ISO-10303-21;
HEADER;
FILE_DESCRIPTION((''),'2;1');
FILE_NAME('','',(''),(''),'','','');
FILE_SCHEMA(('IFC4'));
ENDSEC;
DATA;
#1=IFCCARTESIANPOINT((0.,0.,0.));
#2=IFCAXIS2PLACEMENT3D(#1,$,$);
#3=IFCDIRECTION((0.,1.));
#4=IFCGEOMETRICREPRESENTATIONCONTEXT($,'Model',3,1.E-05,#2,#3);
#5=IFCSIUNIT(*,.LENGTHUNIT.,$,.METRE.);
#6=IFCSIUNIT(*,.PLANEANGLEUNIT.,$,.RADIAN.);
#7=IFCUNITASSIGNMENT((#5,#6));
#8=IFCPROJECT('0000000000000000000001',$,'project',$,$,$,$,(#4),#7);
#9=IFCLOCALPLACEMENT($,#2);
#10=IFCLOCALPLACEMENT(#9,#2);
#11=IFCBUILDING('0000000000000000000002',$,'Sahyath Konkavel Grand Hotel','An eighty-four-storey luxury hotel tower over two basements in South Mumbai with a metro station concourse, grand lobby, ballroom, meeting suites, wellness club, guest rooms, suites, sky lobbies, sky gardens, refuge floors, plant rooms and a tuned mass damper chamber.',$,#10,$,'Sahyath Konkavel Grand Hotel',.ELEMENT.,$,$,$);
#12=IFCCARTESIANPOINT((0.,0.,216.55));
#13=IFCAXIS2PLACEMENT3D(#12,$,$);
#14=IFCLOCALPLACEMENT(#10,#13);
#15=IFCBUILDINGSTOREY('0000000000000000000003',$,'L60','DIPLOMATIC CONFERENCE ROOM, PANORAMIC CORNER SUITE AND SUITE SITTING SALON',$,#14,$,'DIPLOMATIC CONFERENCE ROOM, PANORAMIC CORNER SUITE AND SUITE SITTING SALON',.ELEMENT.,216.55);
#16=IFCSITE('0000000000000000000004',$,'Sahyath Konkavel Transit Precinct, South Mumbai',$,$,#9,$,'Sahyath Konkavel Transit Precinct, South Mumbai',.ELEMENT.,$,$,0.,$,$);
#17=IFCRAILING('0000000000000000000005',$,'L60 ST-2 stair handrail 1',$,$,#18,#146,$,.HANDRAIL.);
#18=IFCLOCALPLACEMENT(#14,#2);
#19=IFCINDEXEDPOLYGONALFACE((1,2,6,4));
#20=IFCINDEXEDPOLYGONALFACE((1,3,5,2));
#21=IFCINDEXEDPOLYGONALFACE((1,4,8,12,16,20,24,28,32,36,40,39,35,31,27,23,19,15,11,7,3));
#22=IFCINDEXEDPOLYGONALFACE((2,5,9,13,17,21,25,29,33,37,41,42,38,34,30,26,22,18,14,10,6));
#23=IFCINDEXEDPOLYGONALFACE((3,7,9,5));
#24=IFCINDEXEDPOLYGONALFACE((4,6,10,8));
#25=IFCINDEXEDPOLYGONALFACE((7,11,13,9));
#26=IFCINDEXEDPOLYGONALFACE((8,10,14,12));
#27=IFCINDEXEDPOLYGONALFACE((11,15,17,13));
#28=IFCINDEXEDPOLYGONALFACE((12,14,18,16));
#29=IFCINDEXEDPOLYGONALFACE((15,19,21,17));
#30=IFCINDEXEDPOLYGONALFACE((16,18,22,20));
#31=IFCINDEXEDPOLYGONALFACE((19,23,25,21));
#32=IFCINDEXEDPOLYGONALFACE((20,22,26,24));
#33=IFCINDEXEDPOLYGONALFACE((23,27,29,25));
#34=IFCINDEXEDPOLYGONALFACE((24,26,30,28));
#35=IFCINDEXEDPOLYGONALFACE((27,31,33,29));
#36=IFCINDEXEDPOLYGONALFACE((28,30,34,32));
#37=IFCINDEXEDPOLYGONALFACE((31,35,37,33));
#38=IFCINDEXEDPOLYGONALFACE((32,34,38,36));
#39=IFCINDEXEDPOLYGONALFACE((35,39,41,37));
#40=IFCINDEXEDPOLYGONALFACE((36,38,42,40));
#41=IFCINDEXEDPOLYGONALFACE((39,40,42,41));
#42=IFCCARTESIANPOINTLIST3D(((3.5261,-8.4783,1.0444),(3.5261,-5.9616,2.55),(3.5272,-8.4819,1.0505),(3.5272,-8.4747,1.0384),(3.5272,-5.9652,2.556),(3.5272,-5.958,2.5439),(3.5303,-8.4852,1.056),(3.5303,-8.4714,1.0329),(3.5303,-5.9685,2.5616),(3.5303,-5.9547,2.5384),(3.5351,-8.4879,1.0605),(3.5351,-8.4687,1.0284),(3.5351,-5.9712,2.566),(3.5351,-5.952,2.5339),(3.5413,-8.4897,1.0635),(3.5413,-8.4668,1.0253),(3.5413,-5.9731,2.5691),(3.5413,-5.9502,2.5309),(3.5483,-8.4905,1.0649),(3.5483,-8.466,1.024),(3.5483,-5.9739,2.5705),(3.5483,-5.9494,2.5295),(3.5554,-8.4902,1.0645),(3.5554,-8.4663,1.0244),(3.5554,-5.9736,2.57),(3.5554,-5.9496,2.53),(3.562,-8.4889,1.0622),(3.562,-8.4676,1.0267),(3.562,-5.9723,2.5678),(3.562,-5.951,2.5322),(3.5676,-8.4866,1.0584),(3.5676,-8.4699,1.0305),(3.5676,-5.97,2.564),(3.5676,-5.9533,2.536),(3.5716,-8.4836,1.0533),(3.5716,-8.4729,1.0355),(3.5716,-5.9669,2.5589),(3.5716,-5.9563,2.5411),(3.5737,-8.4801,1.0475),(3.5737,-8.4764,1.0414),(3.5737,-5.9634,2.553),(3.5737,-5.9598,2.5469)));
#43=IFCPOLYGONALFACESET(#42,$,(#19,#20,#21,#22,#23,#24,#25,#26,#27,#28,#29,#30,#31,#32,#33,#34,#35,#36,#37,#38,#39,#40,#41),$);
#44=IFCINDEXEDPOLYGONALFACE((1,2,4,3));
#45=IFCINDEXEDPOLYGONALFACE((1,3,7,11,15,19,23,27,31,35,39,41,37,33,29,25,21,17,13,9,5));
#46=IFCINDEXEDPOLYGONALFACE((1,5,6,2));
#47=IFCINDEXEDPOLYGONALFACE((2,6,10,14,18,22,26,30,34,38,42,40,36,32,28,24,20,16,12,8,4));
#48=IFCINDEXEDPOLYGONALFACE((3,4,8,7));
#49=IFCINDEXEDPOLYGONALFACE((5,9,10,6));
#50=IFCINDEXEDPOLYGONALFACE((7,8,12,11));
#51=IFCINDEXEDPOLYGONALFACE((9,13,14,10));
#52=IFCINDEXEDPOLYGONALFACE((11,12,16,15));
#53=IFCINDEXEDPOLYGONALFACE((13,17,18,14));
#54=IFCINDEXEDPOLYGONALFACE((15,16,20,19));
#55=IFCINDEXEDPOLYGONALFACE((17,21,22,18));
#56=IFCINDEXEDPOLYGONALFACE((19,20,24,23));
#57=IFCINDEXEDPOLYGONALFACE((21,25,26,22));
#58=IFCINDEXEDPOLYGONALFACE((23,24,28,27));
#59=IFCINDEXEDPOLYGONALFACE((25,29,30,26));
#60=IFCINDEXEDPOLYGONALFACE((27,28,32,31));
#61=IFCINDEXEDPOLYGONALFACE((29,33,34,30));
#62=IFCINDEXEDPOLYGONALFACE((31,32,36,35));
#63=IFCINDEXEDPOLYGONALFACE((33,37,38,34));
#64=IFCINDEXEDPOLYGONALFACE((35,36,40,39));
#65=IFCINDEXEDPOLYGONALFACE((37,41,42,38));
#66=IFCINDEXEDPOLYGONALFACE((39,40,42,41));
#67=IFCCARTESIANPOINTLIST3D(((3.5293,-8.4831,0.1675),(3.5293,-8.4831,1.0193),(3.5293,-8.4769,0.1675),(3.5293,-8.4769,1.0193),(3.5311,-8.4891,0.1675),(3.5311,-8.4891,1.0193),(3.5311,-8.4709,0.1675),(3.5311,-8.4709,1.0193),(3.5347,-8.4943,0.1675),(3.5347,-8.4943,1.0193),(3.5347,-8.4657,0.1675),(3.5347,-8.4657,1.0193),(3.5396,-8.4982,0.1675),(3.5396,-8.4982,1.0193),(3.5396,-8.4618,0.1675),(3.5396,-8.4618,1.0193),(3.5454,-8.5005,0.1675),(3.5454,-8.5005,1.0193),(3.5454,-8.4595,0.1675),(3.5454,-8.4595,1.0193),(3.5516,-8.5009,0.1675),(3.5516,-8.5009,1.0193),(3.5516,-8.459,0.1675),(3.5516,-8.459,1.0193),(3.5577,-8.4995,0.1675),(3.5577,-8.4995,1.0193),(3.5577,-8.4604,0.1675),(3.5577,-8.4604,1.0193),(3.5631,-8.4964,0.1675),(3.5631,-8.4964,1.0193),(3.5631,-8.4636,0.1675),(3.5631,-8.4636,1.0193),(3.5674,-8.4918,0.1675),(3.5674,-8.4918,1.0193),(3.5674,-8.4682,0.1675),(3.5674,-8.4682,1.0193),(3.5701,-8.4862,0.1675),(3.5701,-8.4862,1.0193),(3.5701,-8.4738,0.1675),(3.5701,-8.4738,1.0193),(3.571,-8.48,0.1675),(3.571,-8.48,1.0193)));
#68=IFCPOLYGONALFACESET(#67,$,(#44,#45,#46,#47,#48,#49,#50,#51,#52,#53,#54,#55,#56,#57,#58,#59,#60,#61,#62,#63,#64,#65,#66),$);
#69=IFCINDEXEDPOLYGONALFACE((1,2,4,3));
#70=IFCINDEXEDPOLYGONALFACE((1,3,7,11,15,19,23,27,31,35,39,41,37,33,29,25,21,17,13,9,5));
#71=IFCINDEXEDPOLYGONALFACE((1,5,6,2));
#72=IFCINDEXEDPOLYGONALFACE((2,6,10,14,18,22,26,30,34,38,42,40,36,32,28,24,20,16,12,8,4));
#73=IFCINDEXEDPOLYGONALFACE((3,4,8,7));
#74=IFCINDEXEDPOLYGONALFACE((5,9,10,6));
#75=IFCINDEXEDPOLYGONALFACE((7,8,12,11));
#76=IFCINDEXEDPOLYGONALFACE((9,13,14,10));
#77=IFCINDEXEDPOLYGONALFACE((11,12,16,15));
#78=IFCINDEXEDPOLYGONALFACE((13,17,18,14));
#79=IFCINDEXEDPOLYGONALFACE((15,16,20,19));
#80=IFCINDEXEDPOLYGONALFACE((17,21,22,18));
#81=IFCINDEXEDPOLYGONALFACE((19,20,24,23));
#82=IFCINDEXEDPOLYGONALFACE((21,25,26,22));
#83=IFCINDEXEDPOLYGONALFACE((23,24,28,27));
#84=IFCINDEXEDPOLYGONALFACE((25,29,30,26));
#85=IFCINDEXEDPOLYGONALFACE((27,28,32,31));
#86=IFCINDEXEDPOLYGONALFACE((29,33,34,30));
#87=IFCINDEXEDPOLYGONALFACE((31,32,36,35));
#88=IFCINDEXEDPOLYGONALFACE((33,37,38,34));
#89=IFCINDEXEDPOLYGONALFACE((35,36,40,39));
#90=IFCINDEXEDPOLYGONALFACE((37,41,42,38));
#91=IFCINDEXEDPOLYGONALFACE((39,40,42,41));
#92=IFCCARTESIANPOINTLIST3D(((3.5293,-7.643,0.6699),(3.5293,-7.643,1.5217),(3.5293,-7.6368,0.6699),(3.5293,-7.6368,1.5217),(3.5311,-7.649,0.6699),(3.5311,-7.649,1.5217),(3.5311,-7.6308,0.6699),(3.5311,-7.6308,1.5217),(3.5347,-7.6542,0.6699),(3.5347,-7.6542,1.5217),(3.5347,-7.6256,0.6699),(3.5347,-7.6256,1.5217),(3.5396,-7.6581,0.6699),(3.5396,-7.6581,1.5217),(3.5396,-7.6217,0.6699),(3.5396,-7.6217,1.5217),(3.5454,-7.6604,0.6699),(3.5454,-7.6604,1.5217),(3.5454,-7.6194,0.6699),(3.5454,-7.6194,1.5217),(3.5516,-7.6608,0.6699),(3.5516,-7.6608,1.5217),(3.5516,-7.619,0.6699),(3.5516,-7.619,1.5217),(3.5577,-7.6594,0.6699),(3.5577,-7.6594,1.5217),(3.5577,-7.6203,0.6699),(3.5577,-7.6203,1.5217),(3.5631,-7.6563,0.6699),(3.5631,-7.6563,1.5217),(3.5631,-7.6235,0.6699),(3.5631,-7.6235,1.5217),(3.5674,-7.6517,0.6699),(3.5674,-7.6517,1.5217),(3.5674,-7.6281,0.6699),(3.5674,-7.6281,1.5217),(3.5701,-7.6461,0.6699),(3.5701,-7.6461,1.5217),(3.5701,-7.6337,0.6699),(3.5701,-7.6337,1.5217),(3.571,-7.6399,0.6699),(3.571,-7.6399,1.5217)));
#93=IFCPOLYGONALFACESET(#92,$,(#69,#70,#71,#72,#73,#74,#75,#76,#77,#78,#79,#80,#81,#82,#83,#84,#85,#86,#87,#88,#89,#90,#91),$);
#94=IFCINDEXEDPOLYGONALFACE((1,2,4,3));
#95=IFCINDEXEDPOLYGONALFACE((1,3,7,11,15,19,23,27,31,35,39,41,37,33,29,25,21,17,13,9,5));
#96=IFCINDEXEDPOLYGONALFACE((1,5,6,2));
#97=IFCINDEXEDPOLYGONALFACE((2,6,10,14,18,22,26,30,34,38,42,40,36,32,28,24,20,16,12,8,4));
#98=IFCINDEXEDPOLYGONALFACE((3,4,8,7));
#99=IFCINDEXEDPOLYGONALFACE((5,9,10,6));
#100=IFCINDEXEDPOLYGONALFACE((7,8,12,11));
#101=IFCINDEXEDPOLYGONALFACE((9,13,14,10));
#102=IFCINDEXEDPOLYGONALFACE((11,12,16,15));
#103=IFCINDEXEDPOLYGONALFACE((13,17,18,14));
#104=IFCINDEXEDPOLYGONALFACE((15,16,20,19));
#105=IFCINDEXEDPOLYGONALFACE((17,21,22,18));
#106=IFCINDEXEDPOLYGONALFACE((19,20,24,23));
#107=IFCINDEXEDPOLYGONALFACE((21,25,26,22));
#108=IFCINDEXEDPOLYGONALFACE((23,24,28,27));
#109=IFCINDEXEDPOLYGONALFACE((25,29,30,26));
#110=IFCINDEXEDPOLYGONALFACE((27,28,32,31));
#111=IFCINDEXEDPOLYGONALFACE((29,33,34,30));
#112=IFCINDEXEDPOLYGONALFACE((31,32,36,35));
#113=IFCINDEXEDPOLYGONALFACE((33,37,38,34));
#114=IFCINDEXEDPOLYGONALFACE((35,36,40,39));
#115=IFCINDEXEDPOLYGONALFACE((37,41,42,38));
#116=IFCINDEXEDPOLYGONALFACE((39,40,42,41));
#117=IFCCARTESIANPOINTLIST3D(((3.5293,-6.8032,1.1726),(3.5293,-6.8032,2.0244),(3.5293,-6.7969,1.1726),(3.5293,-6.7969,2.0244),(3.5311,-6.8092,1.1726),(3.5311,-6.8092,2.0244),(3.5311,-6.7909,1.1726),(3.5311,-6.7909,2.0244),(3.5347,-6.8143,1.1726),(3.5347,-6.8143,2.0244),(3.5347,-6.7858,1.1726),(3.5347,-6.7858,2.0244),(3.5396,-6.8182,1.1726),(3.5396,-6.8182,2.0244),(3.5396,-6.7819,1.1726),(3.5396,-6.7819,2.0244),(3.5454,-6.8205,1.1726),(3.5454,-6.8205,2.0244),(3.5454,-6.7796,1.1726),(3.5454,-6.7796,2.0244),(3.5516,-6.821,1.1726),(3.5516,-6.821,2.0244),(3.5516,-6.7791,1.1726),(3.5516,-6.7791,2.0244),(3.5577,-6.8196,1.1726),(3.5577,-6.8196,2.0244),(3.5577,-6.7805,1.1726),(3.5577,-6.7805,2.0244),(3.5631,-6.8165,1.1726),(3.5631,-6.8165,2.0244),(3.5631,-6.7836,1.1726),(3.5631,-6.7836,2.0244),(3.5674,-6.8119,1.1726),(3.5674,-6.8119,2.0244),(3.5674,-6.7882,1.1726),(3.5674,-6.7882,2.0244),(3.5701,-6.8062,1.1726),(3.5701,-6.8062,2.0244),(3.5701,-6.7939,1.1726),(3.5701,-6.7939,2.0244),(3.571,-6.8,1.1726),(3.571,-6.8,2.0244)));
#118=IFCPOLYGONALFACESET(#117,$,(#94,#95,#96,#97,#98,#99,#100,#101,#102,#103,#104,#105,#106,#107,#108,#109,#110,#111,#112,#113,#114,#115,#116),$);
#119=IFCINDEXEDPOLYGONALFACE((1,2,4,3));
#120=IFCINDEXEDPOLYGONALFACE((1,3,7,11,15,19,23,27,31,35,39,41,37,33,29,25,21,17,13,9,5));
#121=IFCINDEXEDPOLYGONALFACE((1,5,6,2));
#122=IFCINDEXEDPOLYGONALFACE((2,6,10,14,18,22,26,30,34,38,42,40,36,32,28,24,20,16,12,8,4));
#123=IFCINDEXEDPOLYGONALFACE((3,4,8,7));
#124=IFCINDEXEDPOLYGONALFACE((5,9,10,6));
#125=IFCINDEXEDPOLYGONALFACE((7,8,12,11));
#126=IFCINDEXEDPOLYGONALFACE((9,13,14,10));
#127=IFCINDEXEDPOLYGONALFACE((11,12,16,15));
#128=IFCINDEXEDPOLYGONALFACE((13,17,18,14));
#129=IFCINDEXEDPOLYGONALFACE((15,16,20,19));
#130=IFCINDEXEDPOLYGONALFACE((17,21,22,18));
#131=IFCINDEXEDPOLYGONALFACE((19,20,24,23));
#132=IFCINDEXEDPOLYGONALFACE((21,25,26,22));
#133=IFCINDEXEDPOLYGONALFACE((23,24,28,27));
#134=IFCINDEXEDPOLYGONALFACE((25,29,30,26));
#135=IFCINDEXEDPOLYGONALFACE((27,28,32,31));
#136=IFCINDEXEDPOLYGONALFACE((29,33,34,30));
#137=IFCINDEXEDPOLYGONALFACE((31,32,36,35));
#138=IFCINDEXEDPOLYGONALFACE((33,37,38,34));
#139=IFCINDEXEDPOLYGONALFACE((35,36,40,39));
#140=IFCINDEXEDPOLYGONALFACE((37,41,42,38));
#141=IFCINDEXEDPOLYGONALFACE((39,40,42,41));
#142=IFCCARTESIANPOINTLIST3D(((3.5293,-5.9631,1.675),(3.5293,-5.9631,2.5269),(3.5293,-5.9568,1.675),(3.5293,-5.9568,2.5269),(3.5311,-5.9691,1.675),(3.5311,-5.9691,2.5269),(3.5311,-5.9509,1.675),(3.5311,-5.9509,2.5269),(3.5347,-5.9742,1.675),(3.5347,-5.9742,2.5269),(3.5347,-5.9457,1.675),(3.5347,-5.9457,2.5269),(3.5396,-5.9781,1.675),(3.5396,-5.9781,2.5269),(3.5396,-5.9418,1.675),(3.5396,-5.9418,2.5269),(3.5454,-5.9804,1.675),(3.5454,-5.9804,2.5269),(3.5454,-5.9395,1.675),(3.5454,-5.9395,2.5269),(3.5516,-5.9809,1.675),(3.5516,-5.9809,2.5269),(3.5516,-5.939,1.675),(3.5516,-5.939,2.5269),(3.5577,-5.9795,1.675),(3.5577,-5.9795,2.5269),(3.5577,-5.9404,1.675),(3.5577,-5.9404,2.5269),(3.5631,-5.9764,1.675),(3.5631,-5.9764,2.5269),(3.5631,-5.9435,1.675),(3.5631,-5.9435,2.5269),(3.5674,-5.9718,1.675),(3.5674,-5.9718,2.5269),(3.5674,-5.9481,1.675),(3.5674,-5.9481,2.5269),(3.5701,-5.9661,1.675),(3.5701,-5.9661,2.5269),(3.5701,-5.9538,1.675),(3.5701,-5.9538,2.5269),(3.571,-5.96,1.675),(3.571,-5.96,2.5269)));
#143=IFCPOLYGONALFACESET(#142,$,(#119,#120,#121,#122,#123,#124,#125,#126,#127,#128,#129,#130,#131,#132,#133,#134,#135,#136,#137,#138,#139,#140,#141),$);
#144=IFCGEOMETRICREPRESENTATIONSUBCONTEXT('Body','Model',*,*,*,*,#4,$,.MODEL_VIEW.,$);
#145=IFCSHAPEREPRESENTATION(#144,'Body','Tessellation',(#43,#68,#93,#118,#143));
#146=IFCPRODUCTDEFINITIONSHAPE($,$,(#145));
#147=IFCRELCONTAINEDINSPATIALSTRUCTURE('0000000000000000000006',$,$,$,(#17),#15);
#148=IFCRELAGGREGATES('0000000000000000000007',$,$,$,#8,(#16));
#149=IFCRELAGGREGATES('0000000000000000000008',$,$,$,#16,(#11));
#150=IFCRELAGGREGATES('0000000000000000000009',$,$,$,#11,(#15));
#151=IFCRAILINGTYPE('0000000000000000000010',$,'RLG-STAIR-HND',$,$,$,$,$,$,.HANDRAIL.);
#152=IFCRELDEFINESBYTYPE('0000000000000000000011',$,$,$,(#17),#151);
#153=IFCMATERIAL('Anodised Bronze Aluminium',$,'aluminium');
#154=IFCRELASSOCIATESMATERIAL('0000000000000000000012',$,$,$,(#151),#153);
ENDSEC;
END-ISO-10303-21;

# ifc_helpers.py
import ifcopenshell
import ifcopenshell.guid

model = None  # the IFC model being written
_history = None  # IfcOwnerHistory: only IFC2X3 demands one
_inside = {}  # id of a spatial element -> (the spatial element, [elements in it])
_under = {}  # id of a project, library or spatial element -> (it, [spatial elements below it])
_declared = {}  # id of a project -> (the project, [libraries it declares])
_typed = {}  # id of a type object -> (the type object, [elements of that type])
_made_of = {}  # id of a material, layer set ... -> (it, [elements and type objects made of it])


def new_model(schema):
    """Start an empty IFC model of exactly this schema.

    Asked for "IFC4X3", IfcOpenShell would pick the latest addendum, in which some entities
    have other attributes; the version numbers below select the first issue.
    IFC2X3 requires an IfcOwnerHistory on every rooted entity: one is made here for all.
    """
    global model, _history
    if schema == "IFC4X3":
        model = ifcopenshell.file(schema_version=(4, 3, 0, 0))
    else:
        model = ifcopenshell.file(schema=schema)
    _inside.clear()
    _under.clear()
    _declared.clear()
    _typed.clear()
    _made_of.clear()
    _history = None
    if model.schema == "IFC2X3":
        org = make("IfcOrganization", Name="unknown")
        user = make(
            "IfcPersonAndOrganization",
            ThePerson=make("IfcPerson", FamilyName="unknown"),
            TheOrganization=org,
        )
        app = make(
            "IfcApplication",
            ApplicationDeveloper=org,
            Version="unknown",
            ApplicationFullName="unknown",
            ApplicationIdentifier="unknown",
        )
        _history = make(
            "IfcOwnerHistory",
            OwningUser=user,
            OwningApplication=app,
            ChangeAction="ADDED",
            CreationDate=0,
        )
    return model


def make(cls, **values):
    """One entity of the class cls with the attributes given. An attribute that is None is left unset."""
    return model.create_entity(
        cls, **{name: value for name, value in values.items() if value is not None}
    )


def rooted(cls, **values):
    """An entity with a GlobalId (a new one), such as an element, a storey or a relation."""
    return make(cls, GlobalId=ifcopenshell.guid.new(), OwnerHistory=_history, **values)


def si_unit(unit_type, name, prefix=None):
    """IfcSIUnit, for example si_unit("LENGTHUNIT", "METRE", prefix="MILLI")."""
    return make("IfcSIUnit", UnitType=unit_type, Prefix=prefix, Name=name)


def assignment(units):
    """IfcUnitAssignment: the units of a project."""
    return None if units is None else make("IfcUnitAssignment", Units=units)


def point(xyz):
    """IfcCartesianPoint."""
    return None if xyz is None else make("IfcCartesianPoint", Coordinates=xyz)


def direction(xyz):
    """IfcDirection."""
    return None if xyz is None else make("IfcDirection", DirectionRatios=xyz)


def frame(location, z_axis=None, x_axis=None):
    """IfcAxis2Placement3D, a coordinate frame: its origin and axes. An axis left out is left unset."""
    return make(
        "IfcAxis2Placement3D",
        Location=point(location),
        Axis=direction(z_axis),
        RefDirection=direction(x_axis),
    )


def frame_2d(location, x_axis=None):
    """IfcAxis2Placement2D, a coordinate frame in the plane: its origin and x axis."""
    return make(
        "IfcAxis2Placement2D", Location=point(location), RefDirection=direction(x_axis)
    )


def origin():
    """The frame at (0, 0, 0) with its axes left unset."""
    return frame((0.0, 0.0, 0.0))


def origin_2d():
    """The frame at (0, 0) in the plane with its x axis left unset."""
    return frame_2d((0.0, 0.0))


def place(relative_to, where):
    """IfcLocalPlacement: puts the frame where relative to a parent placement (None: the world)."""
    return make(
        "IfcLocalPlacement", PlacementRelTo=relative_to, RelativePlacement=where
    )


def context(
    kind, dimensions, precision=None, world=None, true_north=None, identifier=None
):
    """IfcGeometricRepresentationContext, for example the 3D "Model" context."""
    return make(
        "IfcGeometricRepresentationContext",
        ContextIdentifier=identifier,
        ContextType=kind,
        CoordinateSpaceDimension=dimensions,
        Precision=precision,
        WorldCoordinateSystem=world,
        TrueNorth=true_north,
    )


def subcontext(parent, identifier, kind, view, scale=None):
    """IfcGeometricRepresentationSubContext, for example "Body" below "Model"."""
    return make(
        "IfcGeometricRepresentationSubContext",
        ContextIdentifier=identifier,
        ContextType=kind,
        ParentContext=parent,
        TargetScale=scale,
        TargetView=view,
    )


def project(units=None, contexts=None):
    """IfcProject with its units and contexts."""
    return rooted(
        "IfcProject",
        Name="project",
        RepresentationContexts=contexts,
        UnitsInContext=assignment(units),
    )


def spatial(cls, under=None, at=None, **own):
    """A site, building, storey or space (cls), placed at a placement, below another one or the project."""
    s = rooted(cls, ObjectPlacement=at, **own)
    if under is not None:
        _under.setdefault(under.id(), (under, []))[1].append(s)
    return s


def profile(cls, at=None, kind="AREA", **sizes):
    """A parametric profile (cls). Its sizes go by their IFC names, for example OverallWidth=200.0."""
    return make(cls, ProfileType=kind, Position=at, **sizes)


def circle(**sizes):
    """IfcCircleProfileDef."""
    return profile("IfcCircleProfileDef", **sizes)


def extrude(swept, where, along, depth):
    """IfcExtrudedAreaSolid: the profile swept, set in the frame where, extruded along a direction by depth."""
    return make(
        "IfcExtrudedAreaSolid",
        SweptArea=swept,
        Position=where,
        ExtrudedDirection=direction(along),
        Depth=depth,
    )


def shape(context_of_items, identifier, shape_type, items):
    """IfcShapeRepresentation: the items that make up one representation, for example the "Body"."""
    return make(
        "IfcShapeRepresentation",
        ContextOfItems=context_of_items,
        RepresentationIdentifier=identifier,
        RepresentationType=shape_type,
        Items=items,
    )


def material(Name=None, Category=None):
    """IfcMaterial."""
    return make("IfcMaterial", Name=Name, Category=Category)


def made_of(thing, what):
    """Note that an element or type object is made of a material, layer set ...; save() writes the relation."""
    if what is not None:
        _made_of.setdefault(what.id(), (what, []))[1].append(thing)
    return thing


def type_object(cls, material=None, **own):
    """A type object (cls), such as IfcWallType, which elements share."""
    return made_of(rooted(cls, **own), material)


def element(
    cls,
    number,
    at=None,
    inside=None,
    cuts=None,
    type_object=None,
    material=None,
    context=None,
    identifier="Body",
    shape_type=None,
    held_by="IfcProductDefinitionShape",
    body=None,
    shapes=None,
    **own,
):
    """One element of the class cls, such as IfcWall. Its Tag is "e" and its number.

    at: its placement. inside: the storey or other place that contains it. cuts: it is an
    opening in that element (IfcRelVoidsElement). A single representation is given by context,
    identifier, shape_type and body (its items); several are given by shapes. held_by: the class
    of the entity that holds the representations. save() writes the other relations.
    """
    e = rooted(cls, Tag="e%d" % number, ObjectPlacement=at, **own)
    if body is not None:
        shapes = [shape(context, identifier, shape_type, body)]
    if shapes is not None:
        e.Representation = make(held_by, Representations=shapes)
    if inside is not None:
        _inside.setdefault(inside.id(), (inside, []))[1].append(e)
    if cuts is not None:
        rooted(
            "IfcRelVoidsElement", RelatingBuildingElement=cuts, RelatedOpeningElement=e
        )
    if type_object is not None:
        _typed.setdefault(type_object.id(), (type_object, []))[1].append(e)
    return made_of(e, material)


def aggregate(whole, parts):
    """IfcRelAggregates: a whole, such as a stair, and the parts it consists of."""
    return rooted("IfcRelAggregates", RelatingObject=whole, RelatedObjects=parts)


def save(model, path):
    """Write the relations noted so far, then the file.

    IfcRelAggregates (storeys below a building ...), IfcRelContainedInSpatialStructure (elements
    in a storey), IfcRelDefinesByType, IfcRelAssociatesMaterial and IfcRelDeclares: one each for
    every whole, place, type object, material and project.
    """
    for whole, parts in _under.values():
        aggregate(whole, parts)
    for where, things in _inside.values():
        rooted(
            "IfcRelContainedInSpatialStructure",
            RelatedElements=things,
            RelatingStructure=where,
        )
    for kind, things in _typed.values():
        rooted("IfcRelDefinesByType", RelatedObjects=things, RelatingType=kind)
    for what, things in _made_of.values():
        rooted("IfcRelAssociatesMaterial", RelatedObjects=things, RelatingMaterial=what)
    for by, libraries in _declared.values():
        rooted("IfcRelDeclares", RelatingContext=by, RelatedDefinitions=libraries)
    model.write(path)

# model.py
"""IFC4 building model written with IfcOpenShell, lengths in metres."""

from ifc_helpers import new_model, si_unit, direction, frame, origin, origin_2d, place, context, subcontext, project, spatial, circle, extrude, material, type_object, element, save


model = new_model("IFC4")

# Units and contexts
model_context = context("Model", 3, precision=1e-05, world=origin(), true_north=direction((0.0, 1.0)))
body_context = subcontext(model_context, "Body", "Model", "MODEL_VIEW")
ifc_project = project(units=[si_unit("LENGTHUNIT", "METRE"), si_unit("PLANEANGLEUNIT", "RADIAN")], contexts=[model_context])

# Site, building, storey
site_placement = place(None, origin())
site = spatial("IfcSite", under=ifc_project, at=site_placement, Name="Sahyath Konkavel Transit Precinct, South Mumbai", LongName="Sahyath Konkavel Transit Precinct, South Mumbai", CompositionType="ELEMENT", RefElevation=0.0)
building_placement = place(site_placement, origin())
building = spatial("IfcBuilding", under=site, at=building_placement, Name="Sahyath Konkavel Grand Hotel", Description="An eighty-four-storey luxury hotel tower over two basements in South Mumbai with a metro station concourse, grand lobby, ballroom, meeting suites, wellness club, guest rooms, suites, sky lobbies, sky gardens, refuge floors, plant rooms and a tuned mass damper chamber.", LongName="Sahyath Konkavel Grand Hotel", CompositionType="ELEMENT")
storey_placement = place(building_placement, frame((0.0, 0.0, 216.55)))
storey = spatial("IfcBuildingStorey", under=building, at=storey_placement, Name="L60", Description="DIPLOMATIC CONFERENCE ROOM, PANORAMIC CORNER SUITE AND SUITE SITTING SALON", LongName="DIPLOMATIC CONFERENCE ROOM, PANORAMIC CORNER SUITE AND SUITE SITTING SALON", CompositionType="ELEMENT", Elevation=216.55)

# Shared definitions
ifc_material_1 = material(Name="Anodised Bronze Aluminium", Category="aluminium")

# Railing
railing_type_1 = type_object("IfcRailingType", Name="RLG-STAIR-HND", PredefinedType="HANDRAIL", material=ifc_material_1)
railing_1_placement = place(storey_placement, frame((3.55, -8.48, 0.1675)))
element("IfcRailing", 1, at=railing_1_placement, inside=storey, type_object=railing_type_1, Name="L60 ST-2 stair handrail 1", PredefinedType="HANDRAIL", context=body_context, shape_type="SweptSolid", body=[
    extrude(circle(Radius=0.0239, at=origin_2d()), frame((0.0, 0.0017, 0.877), z_axis=(0.0, 0.85816, 0.513383), x_axis=(-1.0, 0.0, 0.0)), (0.0, 0.0, 1.0), 2.9326),
    extrude(circle(Radius=0.021, at=origin_2d()), origin(), (0.0, 0.0, 1.0), 0.8518),
    extrude(circle(Radius=0.021, at=origin_2d()), frame((0.0, 0.8401, 0.5024)), (0.0, 0.0, 1.0), 0.8518),
    extrude(circle(Radius=0.021, at=origin_2d()), frame((0.0, 1.6799, 1.0051)), (0.0, 0.0, 1.0), 0.8518),
    extrude(circle(Radius=0.021, at=origin_2d()), frame((0.0, 2.52, 1.5076)), (0.0, 0.0, 1.0), 0.8518),
])

save(model, "model.ifc")
